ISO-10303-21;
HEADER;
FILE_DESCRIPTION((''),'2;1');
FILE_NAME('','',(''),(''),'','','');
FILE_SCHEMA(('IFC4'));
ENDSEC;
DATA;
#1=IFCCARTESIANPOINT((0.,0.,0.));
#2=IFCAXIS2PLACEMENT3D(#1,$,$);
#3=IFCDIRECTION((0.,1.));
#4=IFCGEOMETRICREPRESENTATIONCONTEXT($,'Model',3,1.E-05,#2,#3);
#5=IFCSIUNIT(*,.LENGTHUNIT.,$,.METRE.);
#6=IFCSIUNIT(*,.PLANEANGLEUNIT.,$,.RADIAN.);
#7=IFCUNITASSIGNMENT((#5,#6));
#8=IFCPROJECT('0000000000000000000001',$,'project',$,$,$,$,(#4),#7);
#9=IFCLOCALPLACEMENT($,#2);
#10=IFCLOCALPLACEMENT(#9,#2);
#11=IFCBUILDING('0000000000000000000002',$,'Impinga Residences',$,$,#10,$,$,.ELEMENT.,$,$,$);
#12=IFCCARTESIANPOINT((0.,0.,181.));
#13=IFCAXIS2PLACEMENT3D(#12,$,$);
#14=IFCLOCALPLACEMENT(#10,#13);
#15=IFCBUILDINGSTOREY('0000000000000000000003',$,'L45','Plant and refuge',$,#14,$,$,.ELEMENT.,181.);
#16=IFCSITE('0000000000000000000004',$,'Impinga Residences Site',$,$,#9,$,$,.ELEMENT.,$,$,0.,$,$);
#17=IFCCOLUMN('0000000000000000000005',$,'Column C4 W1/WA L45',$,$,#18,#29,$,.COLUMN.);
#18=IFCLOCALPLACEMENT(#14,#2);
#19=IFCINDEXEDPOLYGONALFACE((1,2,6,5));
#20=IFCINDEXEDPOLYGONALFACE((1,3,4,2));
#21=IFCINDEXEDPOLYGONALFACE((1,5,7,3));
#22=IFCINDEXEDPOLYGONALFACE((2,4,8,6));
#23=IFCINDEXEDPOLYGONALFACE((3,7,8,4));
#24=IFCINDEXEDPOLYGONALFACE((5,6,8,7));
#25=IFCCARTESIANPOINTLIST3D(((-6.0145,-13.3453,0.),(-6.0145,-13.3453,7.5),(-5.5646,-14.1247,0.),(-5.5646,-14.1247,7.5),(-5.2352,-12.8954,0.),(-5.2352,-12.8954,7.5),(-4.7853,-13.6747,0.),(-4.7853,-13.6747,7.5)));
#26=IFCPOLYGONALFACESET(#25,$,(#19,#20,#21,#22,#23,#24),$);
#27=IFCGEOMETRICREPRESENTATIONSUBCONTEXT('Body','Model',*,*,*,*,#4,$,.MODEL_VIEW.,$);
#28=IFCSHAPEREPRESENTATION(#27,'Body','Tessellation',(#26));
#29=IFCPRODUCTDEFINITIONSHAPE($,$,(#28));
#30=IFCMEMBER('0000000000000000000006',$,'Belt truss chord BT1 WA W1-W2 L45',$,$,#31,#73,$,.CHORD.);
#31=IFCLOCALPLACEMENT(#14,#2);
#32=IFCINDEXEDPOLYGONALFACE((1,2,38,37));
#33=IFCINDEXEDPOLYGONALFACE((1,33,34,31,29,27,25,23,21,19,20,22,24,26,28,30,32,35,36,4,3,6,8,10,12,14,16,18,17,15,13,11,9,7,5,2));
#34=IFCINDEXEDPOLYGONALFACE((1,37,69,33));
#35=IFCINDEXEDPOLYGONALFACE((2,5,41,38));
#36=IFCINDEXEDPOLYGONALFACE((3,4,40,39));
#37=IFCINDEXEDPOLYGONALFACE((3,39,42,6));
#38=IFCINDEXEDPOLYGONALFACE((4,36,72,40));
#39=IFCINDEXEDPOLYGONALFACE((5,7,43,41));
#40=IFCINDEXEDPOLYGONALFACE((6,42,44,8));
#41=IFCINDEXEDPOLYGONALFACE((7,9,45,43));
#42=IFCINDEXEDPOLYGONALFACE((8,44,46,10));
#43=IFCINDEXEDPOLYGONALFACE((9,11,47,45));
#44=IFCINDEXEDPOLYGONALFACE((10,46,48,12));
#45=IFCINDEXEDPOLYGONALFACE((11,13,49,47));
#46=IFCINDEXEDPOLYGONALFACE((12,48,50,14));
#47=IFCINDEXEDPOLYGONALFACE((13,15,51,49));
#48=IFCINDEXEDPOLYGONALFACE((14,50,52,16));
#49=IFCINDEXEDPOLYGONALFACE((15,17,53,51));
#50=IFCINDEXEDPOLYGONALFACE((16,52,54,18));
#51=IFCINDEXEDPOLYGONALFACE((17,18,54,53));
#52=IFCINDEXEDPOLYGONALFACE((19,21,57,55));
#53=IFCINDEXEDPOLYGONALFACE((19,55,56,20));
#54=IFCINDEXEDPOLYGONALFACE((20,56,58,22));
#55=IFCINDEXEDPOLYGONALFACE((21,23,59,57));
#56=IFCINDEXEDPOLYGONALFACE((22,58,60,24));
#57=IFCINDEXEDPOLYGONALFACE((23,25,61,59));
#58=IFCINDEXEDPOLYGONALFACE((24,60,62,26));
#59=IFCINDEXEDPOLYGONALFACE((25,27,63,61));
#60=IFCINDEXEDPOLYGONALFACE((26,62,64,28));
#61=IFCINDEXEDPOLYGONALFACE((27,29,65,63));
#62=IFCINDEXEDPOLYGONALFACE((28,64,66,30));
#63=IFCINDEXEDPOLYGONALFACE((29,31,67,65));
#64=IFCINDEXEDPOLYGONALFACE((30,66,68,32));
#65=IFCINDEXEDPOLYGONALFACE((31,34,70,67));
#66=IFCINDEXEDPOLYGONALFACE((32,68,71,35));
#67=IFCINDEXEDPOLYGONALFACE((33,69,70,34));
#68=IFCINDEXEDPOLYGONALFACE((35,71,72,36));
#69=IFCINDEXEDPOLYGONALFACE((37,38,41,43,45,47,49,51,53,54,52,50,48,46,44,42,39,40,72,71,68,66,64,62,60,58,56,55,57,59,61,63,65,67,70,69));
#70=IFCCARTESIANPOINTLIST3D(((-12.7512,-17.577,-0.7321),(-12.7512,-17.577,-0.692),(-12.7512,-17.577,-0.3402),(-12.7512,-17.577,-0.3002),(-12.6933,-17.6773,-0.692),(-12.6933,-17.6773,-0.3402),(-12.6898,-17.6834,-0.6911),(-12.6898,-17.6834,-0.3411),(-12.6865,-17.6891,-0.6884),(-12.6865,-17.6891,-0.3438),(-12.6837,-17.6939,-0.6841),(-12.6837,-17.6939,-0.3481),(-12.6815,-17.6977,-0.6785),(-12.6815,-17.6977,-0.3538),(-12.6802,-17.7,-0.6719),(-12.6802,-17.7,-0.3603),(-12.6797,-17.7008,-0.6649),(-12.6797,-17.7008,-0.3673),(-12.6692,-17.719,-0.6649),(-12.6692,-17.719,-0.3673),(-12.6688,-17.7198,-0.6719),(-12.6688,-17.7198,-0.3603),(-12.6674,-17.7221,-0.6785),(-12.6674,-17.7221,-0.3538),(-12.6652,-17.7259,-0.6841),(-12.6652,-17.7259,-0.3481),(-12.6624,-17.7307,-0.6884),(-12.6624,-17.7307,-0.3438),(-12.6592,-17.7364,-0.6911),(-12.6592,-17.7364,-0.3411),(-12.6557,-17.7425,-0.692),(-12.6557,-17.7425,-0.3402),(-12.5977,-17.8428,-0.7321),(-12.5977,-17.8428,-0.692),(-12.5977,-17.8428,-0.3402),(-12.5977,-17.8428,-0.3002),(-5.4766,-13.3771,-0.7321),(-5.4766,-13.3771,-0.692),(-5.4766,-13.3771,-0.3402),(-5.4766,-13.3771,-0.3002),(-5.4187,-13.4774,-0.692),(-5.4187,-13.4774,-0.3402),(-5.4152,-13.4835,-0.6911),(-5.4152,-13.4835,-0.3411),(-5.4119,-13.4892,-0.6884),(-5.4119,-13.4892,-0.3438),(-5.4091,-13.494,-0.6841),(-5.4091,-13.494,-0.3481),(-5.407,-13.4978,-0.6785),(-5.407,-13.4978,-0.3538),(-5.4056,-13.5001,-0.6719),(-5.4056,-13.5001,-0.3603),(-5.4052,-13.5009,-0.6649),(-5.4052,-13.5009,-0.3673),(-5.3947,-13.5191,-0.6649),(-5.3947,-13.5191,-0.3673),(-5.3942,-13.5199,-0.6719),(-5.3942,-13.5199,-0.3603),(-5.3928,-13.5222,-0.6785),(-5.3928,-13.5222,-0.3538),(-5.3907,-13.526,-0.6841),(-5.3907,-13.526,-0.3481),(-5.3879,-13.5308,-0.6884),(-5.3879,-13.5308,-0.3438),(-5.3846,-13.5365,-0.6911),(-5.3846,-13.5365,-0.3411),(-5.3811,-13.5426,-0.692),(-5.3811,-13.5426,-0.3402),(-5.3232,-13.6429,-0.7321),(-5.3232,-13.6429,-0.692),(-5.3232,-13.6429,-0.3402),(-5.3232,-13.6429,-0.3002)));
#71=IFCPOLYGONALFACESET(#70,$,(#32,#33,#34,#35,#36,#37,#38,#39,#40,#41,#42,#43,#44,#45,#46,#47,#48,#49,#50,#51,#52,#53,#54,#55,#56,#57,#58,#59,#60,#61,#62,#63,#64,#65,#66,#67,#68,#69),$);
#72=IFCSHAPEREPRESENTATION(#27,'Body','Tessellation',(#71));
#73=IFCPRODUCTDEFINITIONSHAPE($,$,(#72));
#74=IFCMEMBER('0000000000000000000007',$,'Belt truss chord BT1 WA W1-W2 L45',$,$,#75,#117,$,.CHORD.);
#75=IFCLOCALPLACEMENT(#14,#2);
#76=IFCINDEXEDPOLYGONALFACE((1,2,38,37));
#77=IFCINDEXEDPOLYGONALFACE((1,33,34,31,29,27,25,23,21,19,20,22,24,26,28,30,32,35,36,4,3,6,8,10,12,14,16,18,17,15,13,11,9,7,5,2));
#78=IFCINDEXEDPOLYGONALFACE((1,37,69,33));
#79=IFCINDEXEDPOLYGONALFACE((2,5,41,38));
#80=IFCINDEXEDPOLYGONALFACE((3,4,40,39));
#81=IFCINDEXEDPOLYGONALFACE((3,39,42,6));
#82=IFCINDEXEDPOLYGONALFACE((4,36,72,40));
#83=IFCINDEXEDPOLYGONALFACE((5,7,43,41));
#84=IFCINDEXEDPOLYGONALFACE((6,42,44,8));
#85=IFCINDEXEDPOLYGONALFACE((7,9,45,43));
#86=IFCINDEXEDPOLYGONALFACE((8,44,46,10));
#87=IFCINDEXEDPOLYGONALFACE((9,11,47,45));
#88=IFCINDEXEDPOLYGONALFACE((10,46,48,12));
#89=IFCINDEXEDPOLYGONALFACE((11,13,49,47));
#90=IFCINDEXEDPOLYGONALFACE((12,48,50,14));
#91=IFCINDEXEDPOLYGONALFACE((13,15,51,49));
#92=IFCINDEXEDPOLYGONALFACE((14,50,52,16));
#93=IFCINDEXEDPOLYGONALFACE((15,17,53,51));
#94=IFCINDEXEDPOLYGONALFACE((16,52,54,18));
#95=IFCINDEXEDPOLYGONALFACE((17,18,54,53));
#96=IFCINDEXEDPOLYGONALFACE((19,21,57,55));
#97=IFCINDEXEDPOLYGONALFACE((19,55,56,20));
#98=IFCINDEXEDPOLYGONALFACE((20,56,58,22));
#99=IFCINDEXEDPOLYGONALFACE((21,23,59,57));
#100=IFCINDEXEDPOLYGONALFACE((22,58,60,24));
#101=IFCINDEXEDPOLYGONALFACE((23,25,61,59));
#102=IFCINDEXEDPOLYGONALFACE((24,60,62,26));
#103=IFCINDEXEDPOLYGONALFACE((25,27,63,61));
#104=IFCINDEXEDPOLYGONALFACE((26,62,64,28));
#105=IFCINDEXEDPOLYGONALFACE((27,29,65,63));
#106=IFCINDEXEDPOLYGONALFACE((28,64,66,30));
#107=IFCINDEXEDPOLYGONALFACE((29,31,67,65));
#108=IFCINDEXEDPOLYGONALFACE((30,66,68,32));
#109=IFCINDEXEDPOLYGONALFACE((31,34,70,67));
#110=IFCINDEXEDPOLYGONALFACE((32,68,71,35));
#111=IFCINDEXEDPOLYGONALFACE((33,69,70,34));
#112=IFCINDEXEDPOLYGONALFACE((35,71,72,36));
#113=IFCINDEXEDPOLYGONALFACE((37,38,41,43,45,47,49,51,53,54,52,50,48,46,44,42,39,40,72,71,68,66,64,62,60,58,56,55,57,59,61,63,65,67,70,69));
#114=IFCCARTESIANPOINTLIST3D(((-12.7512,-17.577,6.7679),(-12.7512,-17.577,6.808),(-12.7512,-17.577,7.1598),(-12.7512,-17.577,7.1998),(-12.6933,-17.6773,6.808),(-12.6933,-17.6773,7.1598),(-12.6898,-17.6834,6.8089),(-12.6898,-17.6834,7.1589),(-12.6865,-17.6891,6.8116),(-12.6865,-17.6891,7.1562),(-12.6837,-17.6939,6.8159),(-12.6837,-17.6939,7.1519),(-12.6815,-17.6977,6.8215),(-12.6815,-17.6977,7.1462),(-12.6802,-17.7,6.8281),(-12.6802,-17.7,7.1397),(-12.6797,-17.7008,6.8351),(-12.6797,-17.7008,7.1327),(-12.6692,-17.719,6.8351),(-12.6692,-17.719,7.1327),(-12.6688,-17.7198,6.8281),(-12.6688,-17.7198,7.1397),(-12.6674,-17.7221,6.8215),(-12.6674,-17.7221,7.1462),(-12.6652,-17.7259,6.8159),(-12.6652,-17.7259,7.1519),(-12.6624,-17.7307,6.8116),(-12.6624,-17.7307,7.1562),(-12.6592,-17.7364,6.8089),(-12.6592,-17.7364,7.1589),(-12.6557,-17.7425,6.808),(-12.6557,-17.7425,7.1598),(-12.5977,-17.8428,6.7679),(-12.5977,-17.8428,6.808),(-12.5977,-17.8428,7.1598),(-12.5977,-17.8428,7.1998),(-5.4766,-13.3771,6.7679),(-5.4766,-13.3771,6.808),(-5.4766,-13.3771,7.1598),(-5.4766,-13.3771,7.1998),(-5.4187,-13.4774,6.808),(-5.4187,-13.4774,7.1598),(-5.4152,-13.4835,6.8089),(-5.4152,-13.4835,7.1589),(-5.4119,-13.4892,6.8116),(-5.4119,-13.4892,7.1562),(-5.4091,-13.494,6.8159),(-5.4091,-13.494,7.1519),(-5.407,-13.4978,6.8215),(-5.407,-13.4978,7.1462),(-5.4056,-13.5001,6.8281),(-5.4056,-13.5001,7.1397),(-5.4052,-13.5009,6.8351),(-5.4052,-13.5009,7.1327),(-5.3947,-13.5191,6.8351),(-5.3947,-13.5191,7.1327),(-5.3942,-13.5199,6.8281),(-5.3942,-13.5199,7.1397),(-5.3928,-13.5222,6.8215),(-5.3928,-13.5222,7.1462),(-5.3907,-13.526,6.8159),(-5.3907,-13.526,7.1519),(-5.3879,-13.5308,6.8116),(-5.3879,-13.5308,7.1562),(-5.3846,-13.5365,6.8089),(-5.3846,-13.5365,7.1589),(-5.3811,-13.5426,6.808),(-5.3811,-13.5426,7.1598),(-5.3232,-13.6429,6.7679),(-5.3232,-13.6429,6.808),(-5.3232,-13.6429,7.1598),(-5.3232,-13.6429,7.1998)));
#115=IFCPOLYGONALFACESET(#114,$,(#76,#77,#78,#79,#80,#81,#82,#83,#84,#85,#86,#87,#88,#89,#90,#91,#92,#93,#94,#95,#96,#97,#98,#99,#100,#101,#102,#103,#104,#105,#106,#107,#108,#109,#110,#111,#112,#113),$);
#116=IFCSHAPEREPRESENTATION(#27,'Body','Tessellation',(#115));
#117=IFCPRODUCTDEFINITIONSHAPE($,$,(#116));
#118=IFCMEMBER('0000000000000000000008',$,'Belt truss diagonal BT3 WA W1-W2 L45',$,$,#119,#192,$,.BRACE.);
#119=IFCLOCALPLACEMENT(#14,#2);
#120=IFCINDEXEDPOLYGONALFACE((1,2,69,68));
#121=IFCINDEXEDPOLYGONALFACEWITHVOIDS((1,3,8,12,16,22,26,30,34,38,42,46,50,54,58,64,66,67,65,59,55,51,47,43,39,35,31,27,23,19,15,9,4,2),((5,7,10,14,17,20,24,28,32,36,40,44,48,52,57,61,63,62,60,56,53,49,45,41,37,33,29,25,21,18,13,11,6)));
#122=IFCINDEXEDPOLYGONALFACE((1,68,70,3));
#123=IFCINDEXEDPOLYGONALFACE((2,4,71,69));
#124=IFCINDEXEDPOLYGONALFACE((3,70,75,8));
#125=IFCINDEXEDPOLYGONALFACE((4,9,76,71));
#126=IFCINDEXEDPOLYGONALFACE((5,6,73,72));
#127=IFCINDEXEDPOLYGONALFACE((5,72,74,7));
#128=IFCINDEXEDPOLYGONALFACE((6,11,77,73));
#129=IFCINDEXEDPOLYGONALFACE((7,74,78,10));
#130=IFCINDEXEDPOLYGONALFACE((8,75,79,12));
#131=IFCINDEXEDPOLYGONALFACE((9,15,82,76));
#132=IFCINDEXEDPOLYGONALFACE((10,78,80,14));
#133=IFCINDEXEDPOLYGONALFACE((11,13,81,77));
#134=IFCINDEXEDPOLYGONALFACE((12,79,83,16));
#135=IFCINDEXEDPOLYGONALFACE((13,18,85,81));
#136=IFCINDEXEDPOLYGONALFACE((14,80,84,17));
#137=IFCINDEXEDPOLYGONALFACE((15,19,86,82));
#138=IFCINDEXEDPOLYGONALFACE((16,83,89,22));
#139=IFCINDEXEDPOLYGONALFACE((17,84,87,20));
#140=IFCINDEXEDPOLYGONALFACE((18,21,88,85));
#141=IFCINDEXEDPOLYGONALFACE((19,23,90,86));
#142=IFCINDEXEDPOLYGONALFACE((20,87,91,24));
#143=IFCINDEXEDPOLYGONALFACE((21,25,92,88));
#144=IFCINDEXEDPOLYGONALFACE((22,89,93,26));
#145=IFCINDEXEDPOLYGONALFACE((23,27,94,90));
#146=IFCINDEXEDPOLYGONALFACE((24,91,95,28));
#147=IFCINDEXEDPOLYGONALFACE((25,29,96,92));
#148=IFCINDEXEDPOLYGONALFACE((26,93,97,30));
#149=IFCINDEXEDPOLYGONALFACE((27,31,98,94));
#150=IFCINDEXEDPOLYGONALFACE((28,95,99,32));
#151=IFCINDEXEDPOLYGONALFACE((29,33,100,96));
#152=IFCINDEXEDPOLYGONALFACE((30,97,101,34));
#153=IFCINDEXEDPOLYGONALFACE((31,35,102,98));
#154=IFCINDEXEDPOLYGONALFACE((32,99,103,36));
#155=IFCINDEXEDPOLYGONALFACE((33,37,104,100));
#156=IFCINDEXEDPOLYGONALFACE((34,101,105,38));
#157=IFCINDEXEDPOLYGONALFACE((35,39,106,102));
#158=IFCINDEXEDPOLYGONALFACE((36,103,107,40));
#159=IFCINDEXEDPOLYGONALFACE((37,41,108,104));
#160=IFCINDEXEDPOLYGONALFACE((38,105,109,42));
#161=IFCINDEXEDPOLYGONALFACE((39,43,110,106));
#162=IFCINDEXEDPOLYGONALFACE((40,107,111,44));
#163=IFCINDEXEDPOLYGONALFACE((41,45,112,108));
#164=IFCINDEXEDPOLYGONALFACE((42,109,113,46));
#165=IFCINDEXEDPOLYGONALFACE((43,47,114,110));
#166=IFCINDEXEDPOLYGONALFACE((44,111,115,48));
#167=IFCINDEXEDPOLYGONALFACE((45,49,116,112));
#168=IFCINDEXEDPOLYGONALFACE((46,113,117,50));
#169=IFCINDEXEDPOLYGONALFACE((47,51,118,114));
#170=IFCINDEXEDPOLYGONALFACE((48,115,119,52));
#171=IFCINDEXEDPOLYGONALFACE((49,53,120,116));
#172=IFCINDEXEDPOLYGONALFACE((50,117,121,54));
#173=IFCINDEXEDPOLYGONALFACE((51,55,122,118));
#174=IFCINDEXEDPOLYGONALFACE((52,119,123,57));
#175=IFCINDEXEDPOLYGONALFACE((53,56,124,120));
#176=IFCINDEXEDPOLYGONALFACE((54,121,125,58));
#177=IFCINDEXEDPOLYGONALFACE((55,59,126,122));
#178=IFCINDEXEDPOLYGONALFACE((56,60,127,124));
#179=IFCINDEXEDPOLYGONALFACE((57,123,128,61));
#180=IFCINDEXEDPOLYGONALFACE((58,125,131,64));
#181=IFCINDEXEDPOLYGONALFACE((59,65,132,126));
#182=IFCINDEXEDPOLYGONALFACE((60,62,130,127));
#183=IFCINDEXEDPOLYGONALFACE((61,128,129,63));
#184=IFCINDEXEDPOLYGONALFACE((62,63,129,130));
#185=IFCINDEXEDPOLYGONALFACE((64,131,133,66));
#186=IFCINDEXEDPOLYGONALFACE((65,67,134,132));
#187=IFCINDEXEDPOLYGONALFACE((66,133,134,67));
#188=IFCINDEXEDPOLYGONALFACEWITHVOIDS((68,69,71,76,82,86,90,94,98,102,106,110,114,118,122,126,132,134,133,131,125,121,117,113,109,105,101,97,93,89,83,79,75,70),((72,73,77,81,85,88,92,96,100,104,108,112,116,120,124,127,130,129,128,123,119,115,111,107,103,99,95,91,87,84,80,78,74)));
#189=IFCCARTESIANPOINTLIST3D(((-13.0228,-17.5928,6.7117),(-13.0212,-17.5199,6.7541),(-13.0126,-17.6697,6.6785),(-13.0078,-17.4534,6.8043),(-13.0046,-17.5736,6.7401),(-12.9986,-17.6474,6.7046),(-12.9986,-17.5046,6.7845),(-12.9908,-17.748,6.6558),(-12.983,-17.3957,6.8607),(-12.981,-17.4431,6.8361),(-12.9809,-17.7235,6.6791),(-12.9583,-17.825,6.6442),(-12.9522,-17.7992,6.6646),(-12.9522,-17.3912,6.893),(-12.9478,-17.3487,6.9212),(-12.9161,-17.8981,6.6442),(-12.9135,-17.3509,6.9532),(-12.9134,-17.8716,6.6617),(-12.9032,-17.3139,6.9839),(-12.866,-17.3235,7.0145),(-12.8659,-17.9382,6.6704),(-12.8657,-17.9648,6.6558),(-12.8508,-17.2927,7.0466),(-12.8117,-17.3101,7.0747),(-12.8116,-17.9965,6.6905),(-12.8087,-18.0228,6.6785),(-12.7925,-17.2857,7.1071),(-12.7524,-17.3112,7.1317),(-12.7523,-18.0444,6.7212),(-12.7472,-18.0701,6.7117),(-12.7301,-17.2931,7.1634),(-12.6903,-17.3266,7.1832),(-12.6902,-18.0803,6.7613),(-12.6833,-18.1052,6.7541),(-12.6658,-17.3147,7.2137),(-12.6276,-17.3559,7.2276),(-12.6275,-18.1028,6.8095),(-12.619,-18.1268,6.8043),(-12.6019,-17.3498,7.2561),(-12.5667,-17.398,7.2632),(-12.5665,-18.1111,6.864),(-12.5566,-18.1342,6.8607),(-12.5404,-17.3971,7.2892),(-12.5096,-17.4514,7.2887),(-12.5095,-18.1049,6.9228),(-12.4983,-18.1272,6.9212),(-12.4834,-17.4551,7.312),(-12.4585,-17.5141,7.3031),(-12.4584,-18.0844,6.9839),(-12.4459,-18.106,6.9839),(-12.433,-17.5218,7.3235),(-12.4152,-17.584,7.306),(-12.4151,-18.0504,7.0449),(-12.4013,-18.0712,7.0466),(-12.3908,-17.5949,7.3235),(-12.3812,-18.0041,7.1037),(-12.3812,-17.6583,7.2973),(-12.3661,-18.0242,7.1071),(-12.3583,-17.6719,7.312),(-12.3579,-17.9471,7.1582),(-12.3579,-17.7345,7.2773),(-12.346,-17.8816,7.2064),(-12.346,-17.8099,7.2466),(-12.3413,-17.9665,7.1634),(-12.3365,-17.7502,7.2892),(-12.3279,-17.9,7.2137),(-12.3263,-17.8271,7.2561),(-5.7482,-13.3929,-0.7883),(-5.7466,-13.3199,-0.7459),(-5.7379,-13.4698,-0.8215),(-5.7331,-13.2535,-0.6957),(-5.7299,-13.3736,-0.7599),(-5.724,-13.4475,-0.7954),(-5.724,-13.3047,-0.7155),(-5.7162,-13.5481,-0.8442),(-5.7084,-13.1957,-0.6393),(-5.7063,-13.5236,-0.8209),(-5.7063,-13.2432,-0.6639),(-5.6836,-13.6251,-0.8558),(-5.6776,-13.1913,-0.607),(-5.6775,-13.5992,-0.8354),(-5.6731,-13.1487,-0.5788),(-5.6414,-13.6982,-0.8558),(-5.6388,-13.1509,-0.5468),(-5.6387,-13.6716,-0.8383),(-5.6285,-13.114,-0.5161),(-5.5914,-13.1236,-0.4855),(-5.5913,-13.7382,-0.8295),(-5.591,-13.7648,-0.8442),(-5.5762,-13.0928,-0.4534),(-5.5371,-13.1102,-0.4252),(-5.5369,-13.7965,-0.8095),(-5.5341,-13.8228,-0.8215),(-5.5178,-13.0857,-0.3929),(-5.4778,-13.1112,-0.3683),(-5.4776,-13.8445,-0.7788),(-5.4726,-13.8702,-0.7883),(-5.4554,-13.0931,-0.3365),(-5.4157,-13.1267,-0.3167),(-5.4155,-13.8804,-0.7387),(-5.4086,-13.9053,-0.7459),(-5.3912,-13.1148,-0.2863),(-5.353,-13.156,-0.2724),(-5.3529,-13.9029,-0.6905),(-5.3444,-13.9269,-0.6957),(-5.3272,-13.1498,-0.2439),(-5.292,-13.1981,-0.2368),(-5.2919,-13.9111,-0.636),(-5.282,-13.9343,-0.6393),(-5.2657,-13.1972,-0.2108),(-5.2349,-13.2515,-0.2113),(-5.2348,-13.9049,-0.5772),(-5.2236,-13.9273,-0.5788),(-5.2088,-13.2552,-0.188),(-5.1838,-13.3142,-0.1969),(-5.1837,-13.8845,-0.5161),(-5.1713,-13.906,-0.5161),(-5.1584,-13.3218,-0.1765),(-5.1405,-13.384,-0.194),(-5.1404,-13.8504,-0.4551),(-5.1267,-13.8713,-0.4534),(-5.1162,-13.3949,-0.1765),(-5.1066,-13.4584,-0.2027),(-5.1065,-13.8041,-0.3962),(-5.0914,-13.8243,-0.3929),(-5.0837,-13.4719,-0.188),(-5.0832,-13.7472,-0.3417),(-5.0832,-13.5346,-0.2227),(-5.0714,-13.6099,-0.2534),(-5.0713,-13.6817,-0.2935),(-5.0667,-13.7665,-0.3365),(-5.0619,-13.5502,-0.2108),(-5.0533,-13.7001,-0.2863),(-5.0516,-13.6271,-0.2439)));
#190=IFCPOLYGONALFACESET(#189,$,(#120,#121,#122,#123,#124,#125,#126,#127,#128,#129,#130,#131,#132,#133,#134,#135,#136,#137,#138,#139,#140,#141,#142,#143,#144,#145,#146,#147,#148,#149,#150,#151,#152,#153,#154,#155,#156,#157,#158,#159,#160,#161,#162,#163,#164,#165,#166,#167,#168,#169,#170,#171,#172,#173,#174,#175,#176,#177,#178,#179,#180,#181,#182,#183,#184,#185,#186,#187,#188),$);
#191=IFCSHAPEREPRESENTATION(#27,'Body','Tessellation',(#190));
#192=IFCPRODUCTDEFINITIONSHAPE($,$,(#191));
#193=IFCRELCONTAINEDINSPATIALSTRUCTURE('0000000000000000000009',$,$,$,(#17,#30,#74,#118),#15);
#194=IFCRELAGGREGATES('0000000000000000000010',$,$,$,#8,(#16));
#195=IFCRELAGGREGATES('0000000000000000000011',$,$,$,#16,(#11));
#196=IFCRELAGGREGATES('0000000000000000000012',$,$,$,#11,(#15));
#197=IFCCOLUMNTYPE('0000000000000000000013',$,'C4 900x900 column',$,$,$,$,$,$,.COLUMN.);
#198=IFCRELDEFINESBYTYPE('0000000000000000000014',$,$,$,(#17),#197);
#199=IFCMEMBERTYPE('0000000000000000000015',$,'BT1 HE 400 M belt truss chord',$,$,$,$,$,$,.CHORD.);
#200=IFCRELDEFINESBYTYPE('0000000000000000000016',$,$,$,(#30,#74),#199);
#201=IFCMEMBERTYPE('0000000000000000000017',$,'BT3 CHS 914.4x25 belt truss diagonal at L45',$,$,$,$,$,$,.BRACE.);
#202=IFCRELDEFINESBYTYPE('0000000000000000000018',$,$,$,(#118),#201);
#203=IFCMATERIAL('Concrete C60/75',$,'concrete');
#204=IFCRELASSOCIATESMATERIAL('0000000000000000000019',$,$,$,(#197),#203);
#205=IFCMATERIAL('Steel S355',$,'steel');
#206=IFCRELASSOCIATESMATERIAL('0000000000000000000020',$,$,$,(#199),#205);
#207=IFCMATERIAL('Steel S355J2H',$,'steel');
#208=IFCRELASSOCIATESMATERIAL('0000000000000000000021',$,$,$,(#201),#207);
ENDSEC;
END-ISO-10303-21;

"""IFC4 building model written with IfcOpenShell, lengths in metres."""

from ifc_helpers import new_model, si_unit, direction, frame, origin, origin_2d, place, context, subcontext, project, spatial, rectangle, hollow_circle, i_section, extrude, material, material_profile, profile_set, type_object, element, save


model = new_model("IFC4")

# Units and contexts
model_context = context("Model", 3, precision=1e-05, world=origin(), true_north=direction((0.0, 1.0)))
body_context = subcontext(model_context, "Body", "Model", "MODEL_VIEW")
ifc_project = project(units=[si_unit("LENGTHUNIT", "METRE"), si_unit("PLANEANGLEUNIT", "RADIAN")], contexts=[model_context])

# Site, building, storey
site_placement = place(None, origin())
site = spatial("IfcSite", under=ifc_project, at=site_placement, Name="Impinga Residences Site", CompositionType="ELEMENT", RefElevation=0.0)
building_placement = place(site_placement, origin())
building = spatial("IfcBuilding", under=site, at=building_placement, Name="Impinga Residences", CompositionType="ELEMENT")
storey_placement = place(building_placement, frame((0.0, 0.0, 181.0)))
storey = spatial("IfcBuildingStorey", under=building, at=storey_placement, Name="L45", Description="Plant and refuge", CompositionType="ELEMENT", Elevation=181.0)

# Column
ifc_material_1 = material(Name="Concrete C60/75", Category="concrete")
ifc_material_profile_1 = material_profile(ifc_material_1, rectangle(XDim=0.8999, YDim=0.8999, at=origin_2d()), Name="RC 900x900")
ifc_profile_set_1 = profile_set([ifc_material_profile_1], Name="Concrete C60/75")
column_type = type_object("IfcColumnType", Name="C4 900x900 column", PredefinedType="COLUMN", material=ifc_profile_set_1)
column_placement = place(storey_placement, frame((-5.3999, -13.51, 0.0), z_axis=(0.0, 0.0, 1.0), x_axis=(-0.5, 0.866025, 0.0)))
element("IfcColumn", 1, at=column_placement, inside=storey, type_object=column_type, Name="Column C4 W1/WA L45", PredefinedType="COLUMN", context=body_context, shape_type="SweptSolid", body=[
    extrude(rectangle(XDim=0.8999, YDim=0.8999, at=origin_2d()), origin(), (0.0, 0.0, 1.0), 7.5),
])

# Members
ifc_material_2 = material(Name="Steel S355", Category="steel")
ifc_material_profile_2 = material_profile(ifc_material_2, i_section(OverallWidth=0.3069, OverallDepth=0.4319, WebThickness=0.021, FlangeThickness=0.04, FilletRadius=0.0271, at=origin_2d()), Name="HE 400 M")
ifc_profile_set_2 = profile_set([ifc_material_profile_2], Name="Steel S355")
member_type_1 = type_object("IfcMemberType", Name="BT1 HE 400 M belt truss chord", PredefinedType="CHORD", material=ifc_profile_set_2)
for number, where, z_axis, x_axis, name in (
    (2, (-5.3999, -13.51, -0.5161), (-0.866029, -0.499993, 0.0), (0.499993, -0.866029, 0.0), "Belt truss chord BT1 WA W1-W2 L45"),
    (3, (-5.3999, -13.51, 6.9839), (-0.866029, -0.499993, 0.0), (0.499993, -0.866029, 0.0), "Belt truss chord BT1 WA W1-W2 L45"),
):
    element("IfcMember", number, at=place(storey_placement, frame(where, z_axis=z_axis, x_axis=x_axis)), inside=storey, type_object=member_type_1, Name=name, PredefinedType="CHORD", context=body_context, shape_type="SweptSolid", body=[
        extrude(i_section(OverallWidth=0.3069, OverallDepth=0.4319, WebThickness=0.021, FlangeThickness=0.04, FilletRadius=0.0271, at=origin_2d()), origin(), (0.0, 0.0, 1.0), 8.3999),
    ])
ifc_material_3 = material(Name="Steel S355J2H", Category="steel")
ifc_material_profile_3 = material_profile(ifc_material_3, hollow_circle(Radius=0.4573, WallThickness=0.0249, at=origin_2d()), Name="CHS 914.4x25")
ifc_profile_set_3 = profile_set([ifc_material_profile_3], Name="Steel S355J2H")
member_type_2 = type_object("IfcMemberType", Name="BT3 CHS 914.4x25 belt truss diagonal at L45", PredefinedType="BRACE", material=ifc_profile_set_3)
member_1_placement = place(storey_placement, frame((-5.3999, -13.51, -0.5161), z_axis=(-0.646004, -0.372964, 0.666015), x_axis=(0.499993, -0.866029, 0.0)))
element("IfcMember", 4, at=member_1_placement, inside=storey, type_object=member_type_2, Name="Belt truss diagonal BT3 WA W1-W2 L45", PredefinedType="BRACE", context=body_context, shape_type="SweptSolid", body=[
    extrude(hollow_circle(Radius=0.4573, WallThickness=0.0249, at=origin_2d()), origin(), (0.0, 0.0, 1.0), 11.261),
])

save(model, "model.ifc")
